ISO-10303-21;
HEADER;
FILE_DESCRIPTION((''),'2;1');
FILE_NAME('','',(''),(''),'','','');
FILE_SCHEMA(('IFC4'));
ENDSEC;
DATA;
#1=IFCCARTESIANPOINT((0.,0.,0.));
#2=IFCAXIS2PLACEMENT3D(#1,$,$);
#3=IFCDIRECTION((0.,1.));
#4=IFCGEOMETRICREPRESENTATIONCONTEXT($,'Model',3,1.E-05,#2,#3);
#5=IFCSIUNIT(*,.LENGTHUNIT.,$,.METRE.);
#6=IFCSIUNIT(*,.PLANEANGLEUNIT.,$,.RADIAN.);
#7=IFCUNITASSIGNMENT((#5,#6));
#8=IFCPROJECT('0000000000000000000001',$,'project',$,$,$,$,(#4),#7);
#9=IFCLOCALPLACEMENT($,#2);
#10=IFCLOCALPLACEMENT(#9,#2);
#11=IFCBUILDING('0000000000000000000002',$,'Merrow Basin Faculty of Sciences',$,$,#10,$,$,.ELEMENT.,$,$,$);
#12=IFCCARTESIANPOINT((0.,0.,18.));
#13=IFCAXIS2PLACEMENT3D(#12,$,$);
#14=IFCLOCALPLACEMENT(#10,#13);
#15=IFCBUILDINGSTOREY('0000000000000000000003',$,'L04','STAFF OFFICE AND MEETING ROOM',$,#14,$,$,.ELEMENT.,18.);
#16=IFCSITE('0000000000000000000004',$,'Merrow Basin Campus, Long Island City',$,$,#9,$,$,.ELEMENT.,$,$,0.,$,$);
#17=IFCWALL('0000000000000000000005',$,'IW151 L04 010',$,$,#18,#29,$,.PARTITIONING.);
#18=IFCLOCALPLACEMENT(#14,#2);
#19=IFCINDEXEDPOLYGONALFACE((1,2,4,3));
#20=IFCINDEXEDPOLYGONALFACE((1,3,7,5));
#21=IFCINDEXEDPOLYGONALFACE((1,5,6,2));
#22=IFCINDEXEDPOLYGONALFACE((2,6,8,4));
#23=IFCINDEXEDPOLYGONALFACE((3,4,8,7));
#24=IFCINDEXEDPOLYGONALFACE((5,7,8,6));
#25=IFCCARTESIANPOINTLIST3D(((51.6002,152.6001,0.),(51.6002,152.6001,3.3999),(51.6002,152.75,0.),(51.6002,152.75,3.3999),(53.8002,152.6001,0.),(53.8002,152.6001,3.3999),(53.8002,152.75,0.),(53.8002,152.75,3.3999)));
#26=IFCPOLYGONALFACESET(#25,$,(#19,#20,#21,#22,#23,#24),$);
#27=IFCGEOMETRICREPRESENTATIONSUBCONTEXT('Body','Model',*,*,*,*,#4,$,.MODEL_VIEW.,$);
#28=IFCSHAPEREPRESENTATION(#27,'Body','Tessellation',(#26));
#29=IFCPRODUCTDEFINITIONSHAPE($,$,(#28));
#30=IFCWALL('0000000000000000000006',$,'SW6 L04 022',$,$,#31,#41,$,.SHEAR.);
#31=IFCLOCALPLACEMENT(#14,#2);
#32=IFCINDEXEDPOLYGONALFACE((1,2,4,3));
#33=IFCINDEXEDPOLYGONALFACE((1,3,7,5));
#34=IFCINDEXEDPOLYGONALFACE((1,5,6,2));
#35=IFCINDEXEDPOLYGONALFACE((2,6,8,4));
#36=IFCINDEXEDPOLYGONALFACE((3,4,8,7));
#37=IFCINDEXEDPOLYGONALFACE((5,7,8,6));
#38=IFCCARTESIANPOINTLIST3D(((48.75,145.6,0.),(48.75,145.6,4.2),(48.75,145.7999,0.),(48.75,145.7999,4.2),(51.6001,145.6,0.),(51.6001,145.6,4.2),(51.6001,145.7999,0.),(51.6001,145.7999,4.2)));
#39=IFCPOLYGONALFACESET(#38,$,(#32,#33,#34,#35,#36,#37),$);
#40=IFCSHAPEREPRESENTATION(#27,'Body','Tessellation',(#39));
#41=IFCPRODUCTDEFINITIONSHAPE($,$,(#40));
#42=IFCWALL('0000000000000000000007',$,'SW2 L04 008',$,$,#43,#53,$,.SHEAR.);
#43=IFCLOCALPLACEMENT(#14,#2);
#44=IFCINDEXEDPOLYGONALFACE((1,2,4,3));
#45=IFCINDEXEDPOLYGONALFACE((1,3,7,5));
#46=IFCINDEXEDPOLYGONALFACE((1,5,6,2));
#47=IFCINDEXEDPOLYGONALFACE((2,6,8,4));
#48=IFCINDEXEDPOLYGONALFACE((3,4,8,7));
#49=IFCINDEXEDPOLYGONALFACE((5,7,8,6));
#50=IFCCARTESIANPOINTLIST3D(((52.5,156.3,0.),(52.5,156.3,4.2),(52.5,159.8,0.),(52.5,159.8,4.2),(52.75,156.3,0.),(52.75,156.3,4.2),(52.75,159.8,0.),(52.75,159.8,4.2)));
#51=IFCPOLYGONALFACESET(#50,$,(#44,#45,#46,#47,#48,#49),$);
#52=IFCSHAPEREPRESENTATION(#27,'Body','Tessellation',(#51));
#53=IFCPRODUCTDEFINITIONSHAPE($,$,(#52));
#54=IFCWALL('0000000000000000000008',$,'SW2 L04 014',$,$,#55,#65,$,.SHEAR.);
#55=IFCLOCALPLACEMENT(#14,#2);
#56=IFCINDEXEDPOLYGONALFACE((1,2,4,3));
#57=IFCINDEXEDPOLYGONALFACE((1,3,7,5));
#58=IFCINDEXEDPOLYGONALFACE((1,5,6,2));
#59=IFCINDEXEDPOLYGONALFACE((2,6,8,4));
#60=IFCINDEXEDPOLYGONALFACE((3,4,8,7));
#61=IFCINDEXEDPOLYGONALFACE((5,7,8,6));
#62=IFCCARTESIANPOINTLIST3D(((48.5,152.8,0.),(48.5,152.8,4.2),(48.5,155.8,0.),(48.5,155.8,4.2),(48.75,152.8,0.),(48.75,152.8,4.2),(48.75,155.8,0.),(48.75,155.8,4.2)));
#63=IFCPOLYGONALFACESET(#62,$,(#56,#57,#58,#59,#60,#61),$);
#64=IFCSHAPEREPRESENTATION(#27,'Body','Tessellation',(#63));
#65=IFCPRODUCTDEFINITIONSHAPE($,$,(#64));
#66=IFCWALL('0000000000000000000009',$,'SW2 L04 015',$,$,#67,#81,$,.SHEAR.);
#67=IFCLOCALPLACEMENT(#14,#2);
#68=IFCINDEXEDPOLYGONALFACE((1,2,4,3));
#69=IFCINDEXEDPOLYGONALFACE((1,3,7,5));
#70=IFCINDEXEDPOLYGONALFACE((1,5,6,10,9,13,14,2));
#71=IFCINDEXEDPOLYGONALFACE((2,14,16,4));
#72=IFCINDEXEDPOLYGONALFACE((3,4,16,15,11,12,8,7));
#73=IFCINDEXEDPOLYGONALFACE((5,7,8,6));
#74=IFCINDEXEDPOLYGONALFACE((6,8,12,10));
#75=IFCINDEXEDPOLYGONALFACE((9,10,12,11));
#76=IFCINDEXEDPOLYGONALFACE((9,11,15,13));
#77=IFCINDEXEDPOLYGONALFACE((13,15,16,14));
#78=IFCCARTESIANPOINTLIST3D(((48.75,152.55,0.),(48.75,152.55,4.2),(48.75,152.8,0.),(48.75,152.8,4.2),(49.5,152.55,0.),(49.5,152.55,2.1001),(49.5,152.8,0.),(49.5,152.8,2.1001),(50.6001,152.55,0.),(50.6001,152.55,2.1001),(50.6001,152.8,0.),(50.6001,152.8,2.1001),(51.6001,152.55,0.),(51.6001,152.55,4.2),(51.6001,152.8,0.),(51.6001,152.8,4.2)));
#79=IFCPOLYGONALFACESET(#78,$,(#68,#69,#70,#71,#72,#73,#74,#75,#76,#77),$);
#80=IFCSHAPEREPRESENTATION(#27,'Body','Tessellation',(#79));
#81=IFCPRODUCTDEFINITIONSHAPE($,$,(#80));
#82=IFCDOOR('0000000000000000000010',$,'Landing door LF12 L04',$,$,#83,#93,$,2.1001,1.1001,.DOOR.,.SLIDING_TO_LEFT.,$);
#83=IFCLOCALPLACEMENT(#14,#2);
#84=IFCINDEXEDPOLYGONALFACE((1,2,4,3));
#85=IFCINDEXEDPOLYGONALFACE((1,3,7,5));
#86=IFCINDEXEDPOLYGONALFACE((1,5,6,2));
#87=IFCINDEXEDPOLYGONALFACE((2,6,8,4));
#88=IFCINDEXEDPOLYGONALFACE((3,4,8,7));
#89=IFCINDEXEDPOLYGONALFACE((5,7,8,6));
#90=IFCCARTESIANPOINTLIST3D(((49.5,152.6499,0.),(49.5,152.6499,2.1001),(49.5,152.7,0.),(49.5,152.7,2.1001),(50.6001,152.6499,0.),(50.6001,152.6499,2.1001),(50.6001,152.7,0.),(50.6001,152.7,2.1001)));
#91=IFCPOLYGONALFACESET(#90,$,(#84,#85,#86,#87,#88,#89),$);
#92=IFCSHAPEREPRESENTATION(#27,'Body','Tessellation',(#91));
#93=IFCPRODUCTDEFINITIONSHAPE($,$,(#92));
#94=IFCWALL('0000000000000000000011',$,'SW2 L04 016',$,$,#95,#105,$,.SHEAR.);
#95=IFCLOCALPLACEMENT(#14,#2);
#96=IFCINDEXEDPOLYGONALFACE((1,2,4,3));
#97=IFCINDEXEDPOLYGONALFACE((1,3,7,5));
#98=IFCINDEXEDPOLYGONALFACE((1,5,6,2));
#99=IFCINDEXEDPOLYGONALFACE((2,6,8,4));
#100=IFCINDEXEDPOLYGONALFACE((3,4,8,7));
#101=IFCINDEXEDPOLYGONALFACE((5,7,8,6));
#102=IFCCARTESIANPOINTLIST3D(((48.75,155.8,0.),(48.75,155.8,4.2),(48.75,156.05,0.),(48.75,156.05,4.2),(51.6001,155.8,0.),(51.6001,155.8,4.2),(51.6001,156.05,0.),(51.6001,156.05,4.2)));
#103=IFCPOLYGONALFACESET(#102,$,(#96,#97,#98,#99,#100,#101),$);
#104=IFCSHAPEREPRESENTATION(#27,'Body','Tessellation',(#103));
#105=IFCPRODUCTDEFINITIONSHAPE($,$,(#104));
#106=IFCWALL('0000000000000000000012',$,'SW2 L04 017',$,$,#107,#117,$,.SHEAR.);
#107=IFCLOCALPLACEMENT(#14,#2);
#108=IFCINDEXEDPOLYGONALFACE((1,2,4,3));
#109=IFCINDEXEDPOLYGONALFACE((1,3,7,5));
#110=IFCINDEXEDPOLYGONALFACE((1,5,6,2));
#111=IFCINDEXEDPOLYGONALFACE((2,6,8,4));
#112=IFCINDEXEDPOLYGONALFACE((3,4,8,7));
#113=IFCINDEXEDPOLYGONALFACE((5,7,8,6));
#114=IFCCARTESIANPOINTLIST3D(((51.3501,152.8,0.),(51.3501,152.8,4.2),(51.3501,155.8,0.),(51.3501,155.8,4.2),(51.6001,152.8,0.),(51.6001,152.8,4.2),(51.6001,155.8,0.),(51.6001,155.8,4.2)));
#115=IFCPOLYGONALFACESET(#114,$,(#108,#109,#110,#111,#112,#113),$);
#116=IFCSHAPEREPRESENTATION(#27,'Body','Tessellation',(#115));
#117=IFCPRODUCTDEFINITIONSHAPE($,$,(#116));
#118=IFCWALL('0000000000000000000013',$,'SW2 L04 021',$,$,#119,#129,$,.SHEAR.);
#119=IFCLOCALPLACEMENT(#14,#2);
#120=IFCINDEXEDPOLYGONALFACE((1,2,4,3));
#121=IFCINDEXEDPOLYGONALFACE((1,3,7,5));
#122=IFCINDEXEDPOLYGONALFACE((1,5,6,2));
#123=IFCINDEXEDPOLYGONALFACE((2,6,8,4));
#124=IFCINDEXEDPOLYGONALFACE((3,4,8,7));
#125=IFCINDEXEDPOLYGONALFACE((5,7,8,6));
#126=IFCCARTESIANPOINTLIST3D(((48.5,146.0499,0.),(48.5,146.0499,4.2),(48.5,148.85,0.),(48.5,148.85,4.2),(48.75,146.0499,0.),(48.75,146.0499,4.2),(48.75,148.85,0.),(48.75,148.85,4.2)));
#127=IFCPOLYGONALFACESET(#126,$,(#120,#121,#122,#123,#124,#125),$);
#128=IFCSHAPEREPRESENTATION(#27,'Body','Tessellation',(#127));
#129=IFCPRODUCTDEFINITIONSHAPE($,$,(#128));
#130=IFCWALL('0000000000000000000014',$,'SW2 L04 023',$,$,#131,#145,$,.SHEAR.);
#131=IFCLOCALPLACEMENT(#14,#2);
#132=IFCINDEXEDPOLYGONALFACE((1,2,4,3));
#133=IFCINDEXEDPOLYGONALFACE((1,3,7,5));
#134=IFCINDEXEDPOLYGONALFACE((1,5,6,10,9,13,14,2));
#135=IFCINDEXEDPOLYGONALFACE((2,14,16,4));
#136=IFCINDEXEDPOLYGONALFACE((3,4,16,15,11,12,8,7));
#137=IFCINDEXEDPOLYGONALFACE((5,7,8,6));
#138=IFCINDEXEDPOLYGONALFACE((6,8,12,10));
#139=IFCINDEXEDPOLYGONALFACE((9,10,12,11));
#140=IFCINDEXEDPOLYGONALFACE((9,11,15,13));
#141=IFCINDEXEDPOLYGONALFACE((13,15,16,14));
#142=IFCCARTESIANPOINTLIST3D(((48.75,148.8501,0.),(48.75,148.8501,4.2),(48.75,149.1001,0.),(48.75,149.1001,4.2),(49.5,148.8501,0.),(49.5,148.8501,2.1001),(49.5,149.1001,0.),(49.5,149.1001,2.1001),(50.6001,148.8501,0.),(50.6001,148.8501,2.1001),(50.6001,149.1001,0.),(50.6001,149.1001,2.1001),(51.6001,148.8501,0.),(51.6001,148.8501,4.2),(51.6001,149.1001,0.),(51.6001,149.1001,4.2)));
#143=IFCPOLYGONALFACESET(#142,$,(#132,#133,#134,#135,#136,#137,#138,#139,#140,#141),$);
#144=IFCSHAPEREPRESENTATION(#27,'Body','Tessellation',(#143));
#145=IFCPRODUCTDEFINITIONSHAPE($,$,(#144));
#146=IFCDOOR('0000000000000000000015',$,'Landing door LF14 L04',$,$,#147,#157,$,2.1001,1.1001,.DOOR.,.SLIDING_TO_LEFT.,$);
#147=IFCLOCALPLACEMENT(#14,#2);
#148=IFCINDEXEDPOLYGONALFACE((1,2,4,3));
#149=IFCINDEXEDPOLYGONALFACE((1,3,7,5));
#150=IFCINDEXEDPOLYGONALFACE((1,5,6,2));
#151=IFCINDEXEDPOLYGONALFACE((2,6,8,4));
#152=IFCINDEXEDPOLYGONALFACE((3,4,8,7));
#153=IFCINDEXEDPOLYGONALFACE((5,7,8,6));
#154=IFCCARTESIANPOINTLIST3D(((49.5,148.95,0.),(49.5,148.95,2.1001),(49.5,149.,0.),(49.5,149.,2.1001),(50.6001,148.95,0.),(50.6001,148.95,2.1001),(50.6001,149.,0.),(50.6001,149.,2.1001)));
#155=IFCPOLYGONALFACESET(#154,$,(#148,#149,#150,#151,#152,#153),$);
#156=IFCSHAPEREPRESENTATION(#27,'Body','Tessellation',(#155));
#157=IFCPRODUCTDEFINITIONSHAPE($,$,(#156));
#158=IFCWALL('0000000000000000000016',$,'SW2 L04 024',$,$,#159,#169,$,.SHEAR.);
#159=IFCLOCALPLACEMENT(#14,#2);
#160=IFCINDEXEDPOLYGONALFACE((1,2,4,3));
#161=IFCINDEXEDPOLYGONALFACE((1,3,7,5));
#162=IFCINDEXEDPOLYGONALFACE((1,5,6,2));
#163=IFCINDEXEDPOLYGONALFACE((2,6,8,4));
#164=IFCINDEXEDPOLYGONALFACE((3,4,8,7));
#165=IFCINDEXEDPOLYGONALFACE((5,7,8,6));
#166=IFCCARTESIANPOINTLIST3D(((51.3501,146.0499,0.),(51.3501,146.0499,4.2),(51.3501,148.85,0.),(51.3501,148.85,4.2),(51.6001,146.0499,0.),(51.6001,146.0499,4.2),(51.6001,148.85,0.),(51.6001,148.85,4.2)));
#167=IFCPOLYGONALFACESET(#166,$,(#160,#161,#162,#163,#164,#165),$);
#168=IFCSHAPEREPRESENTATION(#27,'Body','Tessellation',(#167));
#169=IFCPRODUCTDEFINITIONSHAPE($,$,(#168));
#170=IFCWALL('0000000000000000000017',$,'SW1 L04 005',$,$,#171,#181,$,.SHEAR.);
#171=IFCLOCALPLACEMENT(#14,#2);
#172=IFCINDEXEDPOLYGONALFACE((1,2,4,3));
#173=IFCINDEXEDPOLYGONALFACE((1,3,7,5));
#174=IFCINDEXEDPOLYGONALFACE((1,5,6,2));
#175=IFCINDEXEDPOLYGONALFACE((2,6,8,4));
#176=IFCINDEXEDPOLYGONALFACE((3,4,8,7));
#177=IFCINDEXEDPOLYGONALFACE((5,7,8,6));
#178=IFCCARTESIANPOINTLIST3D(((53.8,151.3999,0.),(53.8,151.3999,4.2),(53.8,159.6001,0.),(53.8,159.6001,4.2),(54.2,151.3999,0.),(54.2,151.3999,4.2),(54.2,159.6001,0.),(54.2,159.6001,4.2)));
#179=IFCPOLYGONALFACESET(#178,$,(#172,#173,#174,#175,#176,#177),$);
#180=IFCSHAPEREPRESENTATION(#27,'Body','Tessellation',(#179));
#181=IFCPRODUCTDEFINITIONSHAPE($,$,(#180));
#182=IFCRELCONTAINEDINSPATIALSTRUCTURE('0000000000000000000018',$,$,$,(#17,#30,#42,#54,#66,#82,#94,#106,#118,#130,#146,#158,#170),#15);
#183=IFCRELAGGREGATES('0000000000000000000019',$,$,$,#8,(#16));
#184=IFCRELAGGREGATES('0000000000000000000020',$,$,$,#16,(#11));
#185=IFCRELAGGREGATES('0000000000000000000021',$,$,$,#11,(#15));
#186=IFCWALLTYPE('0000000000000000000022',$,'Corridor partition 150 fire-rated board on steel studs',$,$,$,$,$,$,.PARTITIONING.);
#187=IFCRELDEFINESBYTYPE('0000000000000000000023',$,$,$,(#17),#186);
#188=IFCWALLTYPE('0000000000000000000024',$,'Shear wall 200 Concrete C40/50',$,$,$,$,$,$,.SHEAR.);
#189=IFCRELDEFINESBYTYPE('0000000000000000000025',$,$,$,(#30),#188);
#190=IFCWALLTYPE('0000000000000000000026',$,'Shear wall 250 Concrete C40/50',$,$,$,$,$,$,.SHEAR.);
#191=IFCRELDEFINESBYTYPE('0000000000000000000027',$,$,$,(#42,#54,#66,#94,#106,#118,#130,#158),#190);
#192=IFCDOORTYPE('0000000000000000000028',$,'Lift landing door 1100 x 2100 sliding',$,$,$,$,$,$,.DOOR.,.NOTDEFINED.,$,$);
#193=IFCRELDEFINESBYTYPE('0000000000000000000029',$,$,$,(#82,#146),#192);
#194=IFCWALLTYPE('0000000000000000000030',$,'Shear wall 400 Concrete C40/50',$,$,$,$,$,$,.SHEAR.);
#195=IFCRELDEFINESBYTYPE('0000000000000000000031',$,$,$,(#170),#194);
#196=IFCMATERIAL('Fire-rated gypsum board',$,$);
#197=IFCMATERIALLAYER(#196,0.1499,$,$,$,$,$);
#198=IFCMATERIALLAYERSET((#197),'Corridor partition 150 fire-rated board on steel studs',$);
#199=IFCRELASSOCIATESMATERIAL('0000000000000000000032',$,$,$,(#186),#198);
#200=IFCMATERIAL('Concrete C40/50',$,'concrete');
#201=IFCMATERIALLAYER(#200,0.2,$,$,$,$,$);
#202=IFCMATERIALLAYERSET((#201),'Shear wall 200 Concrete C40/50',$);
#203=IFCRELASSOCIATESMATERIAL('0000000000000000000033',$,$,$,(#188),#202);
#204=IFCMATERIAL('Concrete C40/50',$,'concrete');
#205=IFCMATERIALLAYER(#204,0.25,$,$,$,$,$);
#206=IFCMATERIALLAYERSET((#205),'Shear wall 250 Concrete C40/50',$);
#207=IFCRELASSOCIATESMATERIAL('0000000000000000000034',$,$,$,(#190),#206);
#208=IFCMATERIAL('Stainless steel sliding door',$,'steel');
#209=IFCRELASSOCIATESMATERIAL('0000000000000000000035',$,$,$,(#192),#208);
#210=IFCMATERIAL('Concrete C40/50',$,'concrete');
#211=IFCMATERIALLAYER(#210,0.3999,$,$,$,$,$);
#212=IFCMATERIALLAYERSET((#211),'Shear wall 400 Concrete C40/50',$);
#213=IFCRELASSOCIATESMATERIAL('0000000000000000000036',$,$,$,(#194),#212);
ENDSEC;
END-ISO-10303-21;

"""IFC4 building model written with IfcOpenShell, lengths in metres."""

from ifc_helpers import new_model, si_unit, direction, frame, frame_2d, origin, place, context, subcontext, project, spatial, rectangle, extrude, material, layer, layer_set, type_object, element, fill, save


model = new_model("IFC4")

# Units and contexts
model_context = context("Model", 3, precision=1e-05, world=origin(), true_north=direction((0.0, 1.0)))
body_context = subcontext(model_context, "Body", "Model", "MODEL_VIEW")
ifc_project = project(units=[si_unit("LENGTHUNIT", "METRE"), si_unit("PLANEANGLEUNIT", "RADIAN")], contexts=[model_context])

# Site, building, storey
site_placement = place(None, origin())
site = spatial("IfcSite", under=ifc_project, at=site_placement, Name="Merrow Basin Campus, Long Island City", CompositionType="ELEMENT", RefElevation=0.0)
building_placement = place(site_placement, origin())
building = spatial("IfcBuilding", under=site, at=building_placement, Name="Merrow Basin Faculty of Sciences", CompositionType="ELEMENT")
storey_placement = place(building_placement, frame((0.0, 0.0, 18.0)))
storey = spatial("IfcBuildingStorey", under=building, at=storey_placement, Name="L04", Description="STAFF OFFICE AND MEETING ROOM", CompositionType="ELEMENT", Elevation=18.0)

# Walls
ifc_material_1 = material(Name="Fire-rated gypsum board")
ifc_layer_1 = layer(ifc_material_1, 0.1499)
ifc_layer_set_1 = layer_set([ifc_layer_1], Name="Corridor partition 150 fire-rated board on steel studs")
wall_type_1 = type_object("IfcWallType", Name="Corridor partition 150 fire-rated board on steel studs", PredefinedType="PARTITIONING", material=ifc_layer_set_1)
for number, where, z_axis, x_axis, name in (
    (1, (51.6001, 152.675, 0.0), (0.0, 0.0, 1.0), (1.0, 0.0, 0.0), "IW151 L04 010"),
):
    element("IfcWall", number, at=place(storey_placement, frame(where, z_axis=z_axis, x_axis=x_axis)), inside=storey, type_object=wall_type_1, Name=name, PredefinedType="PARTITIONING", context=body_context, shape_type="SweptSolid", body=[
        extrude(rectangle(XDim=2.2, YDim=0.1499, at=frame_2d((1.1001, 0.0))), origin(), (0.0, 0.0, 1.0), 3.3999),
    ])
ifc_material_2 = material(Name="Concrete C40/50", Category="concrete")
ifc_layer_2 = layer(ifc_material_2, 0.2)
ifc_layer_set_2 = layer_set([ifc_layer_2], Name="Shear wall 200 Concrete C40/50")
wall_type_2 = type_object("IfcWallType", Name="Shear wall 200 Concrete C40/50", PredefinedType="SHEAR", material=ifc_layer_set_2)
wall_1_placement = place(storey_placement, frame((48.75, 145.7, 0.0), z_axis=(0.0, 0.0, 1.0), x_axis=(1.0, 0.0, 0.0)))
element("IfcWall", 2, at=wall_1_placement, inside=storey, type_object=wall_type_2, Name="SW6 L04 022", PredefinedType="SHEAR", context=body_context, shape_type="SweptSolid", body=[
    extrude(rectangle(XDim=2.8501, YDim=0.2, at=frame_2d((1.425, 0.0))), origin(), (0.0, 0.0, 1.0), 4.2),
])
ifc_material_3 = material(Name="Concrete C40/50", Category="concrete")
ifc_layer_3 = layer(ifc_material_3, 0.25)
ifc_layer_set_3 = layer_set([ifc_layer_3], Name="Shear wall 250 Concrete C40/50")
wall_type_3 = type_object("IfcWallType", Name="Shear wall 250 Concrete C40/50", PredefinedType="SHEAR", material=ifc_layer_set_3)
wall_2_placement = place(storey_placement, frame((52.625, 156.3, 0.0), z_axis=(0.0, 0.0, 1.0), x_axis=(0.0, 1.0, 0.0)))
element("IfcWall", 3, at=wall_2_placement, inside=storey, type_object=wall_type_3, Name="SW2 L04 008", PredefinedType="SHEAR", context=body_context, shape_type="SweptSolid", body=[
    extrude(rectangle(XDim=3.5, YDim=0.25, at=frame_2d((1.75, 0.0))), origin(), (0.0, 0.0, 1.0), 4.2),
])
wall_3_placement = place(storey_placement, frame((48.625, 152.8, 0.0), z_axis=(0.0, 0.0, 1.0), x_axis=(0.0, 1.0, 0.0)))
element("IfcWall", 4, at=wall_3_placement, inside=storey, type_object=wall_type_3, Name="SW2 L04 014", PredefinedType="SHEAR", context=body_context, shape_type="SweptSolid", body=[
    extrude(rectangle(XDim=3.0, YDim=0.25, at=frame_2d((1.5, 0.0))), origin(), (0.0, 0.0, 1.0), 4.2),
])

# Wall, opening, door
wall_4_placement = place(storey_placement, frame((48.75, 152.675, 0.0), z_axis=(0.0, 0.0, 1.0), x_axis=(1.0, 0.0, 0.0)))
wall_4 = element("IfcWall", 5, at=wall_4_placement, inside=storey, type_object=wall_type_3, Name="SW2 L04 015", PredefinedType="SHEAR", context=body_context, shape_type="SweptSolid", body=[
    extrude(rectangle(XDim=2.8501, YDim=0.25, at=frame_2d((1.425, 0.0))), origin(), (0.0, 0.0, 1.0), 4.2),
])
opening_1_placement = place(wall_4_placement, frame((0.75, 0.0, 0.0)))
opening_1 = element("IfcOpeningElement", 6, at=opening_1_placement, cuts=wall_4, PredefinedType="OPENING", context=body_context, shape_type="SweptSolid", body=[
    extrude(rectangle(XDim=1.1001, YDim=2.1001, at=frame_2d((0.55, 1.05))), frame((0.0, 0.135, 0.0), z_axis=(0.0, -1.0, 0.0), x_axis=(1.0, 0.0, 0.0)), (0.0, 0.0, 1.0), 0.27),
])
ifc_material_4 = material(Name="Stainless steel sliding door", Category="steel")
door_type = type_object("IfcDoorType", Name="Lift landing door 1100 x 2100 sliding", OperationType="NOTDEFINED", PredefinedType="DOOR", material=ifc_material_4)
door_1_placement = place(opening_1_placement, origin())
door_1 = element("IfcDoor", 7, at=door_1_placement, inside=storey, type_object=door_type, Name="Landing door LF12 L04", OperationType="SLIDING_TO_LEFT", OverallHeight=2.1001, OverallWidth=1.1001, PredefinedType="DOOR", context=body_context, shape_type="SweptSolid", body=[
    extrude(rectangle(XDim=1.1001, YDim=2.1001, at=frame_2d((0.55, 1.05))), frame((0.0, 0.0249, 0.0), z_axis=(0.0, -1.0, 0.0), x_axis=(1.0, 0.0, 0.0)), (0.0, 0.0, 1.0), 0.05),
])
fill(opening_1, door_1)

# Walls
wall_5_placement = place(storey_placement, frame((48.75, 155.925, 0.0), z_axis=(0.0, 0.0, 1.0), x_axis=(1.0, 0.0, 0.0)))
element("IfcWall", 8, at=wall_5_placement, inside=storey, type_object=wall_type_3, Name="SW2 L04 016", PredefinedType="SHEAR", context=body_context, shape_type="SweptSolid", body=[
    extrude(rectangle(XDim=2.8501, YDim=0.25, at=frame_2d((1.425, 0.0))), origin(), (0.0, 0.0, 1.0), 4.2),
])
wall_6_placement = place(storey_placement, frame((51.4751, 152.8, 0.0), z_axis=(0.0, 0.0, 1.0), x_axis=(0.0, 1.0, 0.0)))
element("IfcWall", 9, at=wall_6_placement, inside=storey, type_object=wall_type_3, Name="SW2 L04 017", PredefinedType="SHEAR", context=body_context, shape_type="SweptSolid", body=[
    extrude(rectangle(XDim=3.0, YDim=0.25, at=frame_2d((1.5, 0.0))), origin(), (0.0, 0.0, 1.0), 4.2),
])
wall_7_placement = place(storey_placement, frame((48.625, 146.05, 0.0), z_axis=(0.0, 0.0, 1.0), x_axis=(0.0, 1.0, 0.0)))
element("IfcWall", 10, at=wall_7_placement, inside=storey, type_object=wall_type_3, Name="SW2 L04 021", PredefinedType="SHEAR", context=body_context, shape_type="SweptSolid", body=[
    extrude(rectangle(XDim=2.8, YDim=0.25, at=frame_2d((1.3999, 0.0))), origin(), (0.0, 0.0, 1.0), 4.2),
])

# Wall, opening, door
wall_8_placement = place(storey_placement, frame((48.75, 148.9751, 0.0), z_axis=(0.0, 0.0, 1.0), x_axis=(1.0, 0.0, 0.0)))
wall_8 = element("IfcWall", 11, at=wall_8_placement, inside=storey, type_object=wall_type_3, Name="SW2 L04 023", PredefinedType="SHEAR", context=body_context, shape_type="SweptSolid", body=[
    extrude(rectangle(XDim=2.8501, YDim=0.25, at=frame_2d((1.425, 0.0))), origin(), (0.0, 0.0, 1.0), 4.2),
])
opening_2_placement = place(wall_8_placement, frame((0.75, 0.0, 0.0)))
opening_2 = element("IfcOpeningElement", 12, at=opening_2_placement, cuts=wall_8, PredefinedType="OPENING", context=body_context, shape_type="SweptSolid", body=[
    extrude(rectangle(XDim=1.1001, YDim=2.1001, at=frame_2d((0.55, 1.05))), frame((0.0, 0.135, 0.0), z_axis=(0.0, -1.0, 0.0), x_axis=(1.0, 0.0, 0.0)), (0.0, 0.0, 1.0), 0.27),
])
door_2_placement = place(opening_2_placement, origin())
door_2 = element("IfcDoor", 13, at=door_2_placement, inside=storey, type_object=door_type, Name="Landing door LF14 L04", OperationType="SLIDING_TO_LEFT", OverallHeight=2.1001, OverallWidth=1.1001, PredefinedType="DOOR", context=body_context, shape_type="SweptSolid", body=[
    extrude(rectangle(XDim=1.1001, YDim=2.1001, at=frame_2d((0.55, 1.05))), frame((0.0, 0.0249, 0.0), z_axis=(0.0, -1.0, 0.0), x_axis=(1.0, 0.0, 0.0)), (0.0, 0.0, 1.0), 0.05),
])
fill(opening_2, door_2)

# Walls
wall_9_placement = place(storey_placement, frame((51.4751, 146.05, 0.0), z_axis=(0.0, 0.0, 1.0), x_axis=(0.0, 1.0, 0.0)))
element("IfcWall", 14, at=wall_9_placement, inside=storey, type_object=wall_type_3, Name="SW2 L04 024", PredefinedType="SHEAR", context=body_context, shape_type="SweptSolid", body=[
    extrude(rectangle(XDim=2.8, YDim=0.25, at=frame_2d((1.3999, 0.0))), origin(), (0.0, 0.0, 1.0), 4.2),
])
ifc_material_5 = material(Name="Concrete C40/50", Category="concrete")
ifc_layer_4 = layer(ifc_material_5, 0.3999)
ifc_layer_set_4 = layer_set([ifc_layer_4], Name="Shear wall 400 Concrete C40/50")
wall_type_4 = type_object("IfcWallType", Name="Shear wall 400 Concrete C40/50", PredefinedType="SHEAR", material=ifc_layer_set_4)
wall_10_placement = place(storey_placement, frame((54.0, 151.3999, 0.0), z_axis=(0.0, 0.0, 1.0), x_axis=(0.0, 1.0, 0.0)))
element("IfcWall", 15, at=wall_10_placement, inside=storey, type_object=wall_type_4, Name="SW1 L04 005", PredefinedType="SHEAR", context=body_context, shape_type="SweptSolid", body=[
    extrude(rectangle(XDim=8.2002, YDim=0.3999, at=frame_2d((4.1001, 0.0))), origin(), (0.0, 0.0, 1.0), 4.2),
])

save(model, "model.ifc")
